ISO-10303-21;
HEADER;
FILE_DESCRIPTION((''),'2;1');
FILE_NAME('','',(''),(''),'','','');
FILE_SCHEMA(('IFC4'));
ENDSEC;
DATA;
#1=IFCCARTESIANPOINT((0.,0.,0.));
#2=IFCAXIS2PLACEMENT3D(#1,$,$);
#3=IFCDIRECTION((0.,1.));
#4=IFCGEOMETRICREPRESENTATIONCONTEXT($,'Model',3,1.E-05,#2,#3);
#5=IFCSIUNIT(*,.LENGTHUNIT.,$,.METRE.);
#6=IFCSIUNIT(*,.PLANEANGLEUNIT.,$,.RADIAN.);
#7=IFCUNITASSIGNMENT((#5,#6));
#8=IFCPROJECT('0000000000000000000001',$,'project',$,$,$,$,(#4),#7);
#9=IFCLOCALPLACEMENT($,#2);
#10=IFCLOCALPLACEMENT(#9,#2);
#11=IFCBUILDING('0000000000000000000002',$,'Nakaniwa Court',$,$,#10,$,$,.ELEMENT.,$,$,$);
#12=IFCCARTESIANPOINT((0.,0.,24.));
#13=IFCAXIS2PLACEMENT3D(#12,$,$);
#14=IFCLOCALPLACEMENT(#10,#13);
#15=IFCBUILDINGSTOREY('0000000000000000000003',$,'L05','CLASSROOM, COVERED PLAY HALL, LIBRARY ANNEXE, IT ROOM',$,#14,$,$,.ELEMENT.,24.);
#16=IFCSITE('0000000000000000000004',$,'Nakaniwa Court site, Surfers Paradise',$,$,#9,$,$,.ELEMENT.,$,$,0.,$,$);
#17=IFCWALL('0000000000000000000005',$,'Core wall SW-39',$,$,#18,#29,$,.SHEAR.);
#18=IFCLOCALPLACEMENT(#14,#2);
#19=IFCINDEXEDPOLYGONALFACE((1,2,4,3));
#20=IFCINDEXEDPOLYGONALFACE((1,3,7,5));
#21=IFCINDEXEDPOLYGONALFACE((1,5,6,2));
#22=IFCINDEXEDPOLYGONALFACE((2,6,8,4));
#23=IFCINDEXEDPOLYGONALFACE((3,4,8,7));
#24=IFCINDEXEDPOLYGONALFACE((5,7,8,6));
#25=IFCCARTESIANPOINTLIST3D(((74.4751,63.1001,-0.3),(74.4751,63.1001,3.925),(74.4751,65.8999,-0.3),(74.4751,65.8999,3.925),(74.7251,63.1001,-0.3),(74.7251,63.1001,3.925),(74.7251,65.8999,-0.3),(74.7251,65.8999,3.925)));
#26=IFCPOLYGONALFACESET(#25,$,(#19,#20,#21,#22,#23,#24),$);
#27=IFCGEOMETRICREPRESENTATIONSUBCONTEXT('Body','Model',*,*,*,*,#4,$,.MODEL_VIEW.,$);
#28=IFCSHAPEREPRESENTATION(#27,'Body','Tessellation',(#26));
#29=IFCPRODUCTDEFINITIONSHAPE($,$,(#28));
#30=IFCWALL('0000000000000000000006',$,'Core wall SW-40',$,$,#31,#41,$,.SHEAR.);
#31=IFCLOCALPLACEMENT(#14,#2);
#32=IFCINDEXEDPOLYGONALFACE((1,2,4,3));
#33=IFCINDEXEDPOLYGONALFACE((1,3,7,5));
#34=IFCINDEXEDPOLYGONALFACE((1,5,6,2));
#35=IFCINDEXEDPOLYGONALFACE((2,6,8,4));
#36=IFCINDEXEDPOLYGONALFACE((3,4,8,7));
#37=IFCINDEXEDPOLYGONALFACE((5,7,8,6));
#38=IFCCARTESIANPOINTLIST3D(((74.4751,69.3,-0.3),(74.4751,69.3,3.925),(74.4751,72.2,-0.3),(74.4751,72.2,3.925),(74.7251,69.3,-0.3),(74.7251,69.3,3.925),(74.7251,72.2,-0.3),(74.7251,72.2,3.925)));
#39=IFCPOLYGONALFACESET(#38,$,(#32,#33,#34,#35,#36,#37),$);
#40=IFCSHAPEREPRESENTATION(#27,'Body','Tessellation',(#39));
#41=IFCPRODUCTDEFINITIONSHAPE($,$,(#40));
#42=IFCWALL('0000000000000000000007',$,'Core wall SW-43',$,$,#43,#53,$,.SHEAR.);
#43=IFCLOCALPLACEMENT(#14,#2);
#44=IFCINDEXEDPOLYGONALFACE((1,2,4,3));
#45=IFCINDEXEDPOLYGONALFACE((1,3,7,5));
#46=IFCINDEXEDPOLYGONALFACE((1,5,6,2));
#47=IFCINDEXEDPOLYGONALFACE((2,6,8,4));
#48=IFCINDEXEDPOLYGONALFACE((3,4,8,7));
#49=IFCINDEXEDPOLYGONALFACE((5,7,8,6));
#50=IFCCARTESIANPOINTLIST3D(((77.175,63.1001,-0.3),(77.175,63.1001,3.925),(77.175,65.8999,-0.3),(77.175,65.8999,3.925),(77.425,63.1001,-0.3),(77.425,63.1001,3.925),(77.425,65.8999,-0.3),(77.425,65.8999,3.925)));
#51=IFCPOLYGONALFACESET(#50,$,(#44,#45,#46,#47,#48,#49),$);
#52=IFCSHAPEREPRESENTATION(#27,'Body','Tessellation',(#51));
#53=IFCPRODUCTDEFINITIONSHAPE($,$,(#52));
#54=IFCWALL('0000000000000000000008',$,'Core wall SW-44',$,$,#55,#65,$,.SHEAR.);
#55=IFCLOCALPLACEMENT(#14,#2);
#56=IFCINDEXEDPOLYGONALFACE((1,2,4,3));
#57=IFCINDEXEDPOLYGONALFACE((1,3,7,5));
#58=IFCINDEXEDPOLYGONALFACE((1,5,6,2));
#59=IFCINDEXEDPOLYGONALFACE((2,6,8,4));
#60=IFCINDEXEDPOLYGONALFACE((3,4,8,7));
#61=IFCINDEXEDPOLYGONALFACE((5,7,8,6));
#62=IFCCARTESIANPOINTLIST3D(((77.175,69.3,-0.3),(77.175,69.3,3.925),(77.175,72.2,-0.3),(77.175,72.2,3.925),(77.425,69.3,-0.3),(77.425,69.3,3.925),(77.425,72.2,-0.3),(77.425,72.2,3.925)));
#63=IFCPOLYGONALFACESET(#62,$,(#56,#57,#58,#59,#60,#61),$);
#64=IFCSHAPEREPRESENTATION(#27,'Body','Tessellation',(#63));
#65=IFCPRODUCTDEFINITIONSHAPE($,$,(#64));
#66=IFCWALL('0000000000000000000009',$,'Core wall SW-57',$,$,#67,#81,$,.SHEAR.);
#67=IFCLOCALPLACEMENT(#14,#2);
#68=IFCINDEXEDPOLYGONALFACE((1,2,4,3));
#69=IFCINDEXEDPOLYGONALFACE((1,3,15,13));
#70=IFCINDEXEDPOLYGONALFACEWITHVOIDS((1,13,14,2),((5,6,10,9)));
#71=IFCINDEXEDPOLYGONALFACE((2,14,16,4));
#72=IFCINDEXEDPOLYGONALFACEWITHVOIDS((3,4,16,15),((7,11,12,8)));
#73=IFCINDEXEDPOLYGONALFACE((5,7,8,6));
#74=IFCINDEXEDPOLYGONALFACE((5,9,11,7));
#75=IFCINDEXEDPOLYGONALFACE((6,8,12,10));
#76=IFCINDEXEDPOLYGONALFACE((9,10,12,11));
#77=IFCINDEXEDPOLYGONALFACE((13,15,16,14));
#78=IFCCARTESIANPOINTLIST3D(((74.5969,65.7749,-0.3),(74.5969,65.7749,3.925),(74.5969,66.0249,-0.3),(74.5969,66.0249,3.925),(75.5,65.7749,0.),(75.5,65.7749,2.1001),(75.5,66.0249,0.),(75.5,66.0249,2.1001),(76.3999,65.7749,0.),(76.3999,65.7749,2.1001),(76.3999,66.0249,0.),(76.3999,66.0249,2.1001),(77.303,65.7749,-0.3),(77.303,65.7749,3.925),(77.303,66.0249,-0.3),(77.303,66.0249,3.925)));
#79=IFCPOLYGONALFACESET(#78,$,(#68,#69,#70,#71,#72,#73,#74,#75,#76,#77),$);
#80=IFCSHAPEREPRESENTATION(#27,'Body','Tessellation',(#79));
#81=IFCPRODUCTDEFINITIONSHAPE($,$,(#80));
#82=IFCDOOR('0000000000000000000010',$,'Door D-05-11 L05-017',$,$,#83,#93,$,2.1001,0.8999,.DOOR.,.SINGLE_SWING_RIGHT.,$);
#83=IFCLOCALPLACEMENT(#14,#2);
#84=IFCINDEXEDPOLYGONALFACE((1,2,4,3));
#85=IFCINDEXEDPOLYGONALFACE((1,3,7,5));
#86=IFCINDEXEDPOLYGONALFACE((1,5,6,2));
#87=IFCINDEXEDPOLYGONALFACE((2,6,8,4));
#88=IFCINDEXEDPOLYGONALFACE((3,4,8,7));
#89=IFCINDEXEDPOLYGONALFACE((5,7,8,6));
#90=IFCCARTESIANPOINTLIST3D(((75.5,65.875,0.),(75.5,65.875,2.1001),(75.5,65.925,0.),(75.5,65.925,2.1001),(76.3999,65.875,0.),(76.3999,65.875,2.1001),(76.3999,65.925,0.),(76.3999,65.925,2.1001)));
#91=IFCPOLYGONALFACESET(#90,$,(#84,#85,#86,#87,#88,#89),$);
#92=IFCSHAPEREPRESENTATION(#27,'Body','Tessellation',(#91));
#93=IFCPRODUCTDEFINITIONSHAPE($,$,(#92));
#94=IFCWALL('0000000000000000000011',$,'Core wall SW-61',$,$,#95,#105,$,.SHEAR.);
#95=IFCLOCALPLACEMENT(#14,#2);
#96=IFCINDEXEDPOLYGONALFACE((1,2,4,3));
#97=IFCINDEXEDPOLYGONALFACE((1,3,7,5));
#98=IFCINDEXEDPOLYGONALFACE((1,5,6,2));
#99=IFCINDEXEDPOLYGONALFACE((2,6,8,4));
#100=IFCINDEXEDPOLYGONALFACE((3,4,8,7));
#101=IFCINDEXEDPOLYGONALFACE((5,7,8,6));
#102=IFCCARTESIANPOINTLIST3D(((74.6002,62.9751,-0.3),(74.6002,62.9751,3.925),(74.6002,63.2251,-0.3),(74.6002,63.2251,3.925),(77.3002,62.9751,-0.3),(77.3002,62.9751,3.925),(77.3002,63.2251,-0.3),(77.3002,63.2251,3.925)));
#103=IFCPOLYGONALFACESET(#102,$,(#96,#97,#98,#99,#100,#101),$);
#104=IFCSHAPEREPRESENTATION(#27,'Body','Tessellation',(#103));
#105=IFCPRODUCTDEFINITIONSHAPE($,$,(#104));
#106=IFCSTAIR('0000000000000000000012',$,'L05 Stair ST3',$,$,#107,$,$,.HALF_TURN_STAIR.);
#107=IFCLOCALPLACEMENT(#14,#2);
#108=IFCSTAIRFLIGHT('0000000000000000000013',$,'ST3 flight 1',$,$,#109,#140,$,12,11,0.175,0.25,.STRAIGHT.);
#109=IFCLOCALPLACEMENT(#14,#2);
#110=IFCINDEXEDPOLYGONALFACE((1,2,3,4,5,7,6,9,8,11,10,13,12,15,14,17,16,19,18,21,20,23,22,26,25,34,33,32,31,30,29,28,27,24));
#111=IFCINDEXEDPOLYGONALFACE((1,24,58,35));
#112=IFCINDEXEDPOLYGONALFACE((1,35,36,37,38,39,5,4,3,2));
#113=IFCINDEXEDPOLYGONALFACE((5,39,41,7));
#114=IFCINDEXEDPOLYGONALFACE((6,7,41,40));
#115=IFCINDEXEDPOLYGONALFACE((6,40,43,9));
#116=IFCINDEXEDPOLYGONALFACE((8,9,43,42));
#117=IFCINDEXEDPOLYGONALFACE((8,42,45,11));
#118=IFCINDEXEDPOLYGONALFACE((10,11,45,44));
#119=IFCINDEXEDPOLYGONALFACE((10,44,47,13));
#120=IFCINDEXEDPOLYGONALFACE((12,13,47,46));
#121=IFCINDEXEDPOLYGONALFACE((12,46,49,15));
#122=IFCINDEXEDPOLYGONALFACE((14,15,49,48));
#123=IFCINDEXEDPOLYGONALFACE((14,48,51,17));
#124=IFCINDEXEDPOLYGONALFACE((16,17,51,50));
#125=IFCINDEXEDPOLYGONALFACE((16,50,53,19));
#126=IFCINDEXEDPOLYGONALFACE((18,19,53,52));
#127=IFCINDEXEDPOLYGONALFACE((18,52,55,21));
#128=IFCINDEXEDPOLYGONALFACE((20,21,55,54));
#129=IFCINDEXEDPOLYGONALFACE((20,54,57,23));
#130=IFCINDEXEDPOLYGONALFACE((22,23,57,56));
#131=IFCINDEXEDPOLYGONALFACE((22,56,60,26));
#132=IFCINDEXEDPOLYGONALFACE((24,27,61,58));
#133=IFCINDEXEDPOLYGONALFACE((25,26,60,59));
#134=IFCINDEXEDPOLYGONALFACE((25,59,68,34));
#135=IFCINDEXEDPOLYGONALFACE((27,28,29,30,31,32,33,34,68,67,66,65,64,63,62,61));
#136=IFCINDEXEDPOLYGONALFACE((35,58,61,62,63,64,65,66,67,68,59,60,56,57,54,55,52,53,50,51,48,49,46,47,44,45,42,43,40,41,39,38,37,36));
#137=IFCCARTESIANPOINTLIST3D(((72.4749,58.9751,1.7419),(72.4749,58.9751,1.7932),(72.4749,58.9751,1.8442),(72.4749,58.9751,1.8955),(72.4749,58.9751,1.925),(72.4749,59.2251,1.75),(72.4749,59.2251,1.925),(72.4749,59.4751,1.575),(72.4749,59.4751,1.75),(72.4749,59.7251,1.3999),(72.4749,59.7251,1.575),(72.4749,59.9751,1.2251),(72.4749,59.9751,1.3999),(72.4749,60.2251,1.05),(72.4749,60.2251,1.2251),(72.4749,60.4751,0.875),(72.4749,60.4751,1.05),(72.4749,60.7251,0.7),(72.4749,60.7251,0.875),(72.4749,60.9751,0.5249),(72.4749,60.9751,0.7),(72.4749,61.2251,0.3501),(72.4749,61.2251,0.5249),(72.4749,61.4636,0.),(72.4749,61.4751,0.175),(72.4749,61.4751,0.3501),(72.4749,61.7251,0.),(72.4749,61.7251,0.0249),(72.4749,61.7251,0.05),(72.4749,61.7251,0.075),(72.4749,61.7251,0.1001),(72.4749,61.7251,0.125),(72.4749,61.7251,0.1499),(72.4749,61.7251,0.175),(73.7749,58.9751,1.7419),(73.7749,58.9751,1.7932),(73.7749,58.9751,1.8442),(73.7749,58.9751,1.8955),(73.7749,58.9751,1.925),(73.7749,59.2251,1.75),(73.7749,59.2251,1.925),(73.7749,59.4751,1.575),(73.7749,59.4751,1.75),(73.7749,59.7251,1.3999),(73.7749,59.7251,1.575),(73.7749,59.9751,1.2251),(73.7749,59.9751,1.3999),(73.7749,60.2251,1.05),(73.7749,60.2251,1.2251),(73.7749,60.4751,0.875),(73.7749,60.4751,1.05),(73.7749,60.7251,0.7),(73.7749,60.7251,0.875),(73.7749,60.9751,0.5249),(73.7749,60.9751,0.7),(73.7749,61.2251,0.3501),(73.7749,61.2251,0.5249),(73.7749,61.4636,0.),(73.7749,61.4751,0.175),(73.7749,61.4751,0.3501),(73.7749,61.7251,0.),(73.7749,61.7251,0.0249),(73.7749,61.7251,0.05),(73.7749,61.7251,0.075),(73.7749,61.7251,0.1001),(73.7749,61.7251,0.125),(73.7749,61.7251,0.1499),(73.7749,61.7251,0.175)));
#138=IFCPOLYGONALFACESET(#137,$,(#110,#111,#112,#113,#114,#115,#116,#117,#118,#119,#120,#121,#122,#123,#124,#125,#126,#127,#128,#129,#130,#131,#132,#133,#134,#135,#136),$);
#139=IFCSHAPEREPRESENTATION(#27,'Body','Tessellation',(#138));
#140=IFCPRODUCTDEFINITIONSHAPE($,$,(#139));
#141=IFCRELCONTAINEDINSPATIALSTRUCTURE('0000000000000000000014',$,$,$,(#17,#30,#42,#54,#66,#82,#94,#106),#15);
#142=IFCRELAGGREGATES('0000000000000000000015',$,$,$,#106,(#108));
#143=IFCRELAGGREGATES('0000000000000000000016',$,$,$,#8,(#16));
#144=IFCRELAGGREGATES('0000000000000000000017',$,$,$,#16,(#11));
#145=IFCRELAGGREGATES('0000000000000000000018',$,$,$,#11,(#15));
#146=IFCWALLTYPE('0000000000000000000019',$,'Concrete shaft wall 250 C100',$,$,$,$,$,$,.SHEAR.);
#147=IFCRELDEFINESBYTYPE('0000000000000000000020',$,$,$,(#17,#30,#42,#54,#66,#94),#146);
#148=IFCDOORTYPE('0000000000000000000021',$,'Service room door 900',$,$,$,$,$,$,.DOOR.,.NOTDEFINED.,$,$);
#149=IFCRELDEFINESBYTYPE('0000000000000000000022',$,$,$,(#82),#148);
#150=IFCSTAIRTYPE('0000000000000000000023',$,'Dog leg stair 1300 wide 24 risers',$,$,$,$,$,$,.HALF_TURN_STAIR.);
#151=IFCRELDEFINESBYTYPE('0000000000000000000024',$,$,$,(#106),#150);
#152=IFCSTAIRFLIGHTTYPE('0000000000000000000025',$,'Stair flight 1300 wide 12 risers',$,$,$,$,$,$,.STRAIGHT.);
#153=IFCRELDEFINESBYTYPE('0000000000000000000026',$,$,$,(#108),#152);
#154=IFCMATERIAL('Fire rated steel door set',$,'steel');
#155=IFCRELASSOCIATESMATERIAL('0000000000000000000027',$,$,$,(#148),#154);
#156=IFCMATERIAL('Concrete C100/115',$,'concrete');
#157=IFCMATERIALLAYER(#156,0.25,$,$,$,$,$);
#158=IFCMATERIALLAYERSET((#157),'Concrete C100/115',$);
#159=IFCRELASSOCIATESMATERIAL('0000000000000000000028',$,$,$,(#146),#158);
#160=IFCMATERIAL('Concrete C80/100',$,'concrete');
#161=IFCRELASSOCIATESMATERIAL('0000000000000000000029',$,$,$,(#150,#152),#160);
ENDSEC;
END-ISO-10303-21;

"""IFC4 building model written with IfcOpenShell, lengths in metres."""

from ifc_helpers import new_model, si_unit, direction, frame, frame_2d, origin, place, context, subcontext, project, spatial, polyline, rectangle, outline, extrude, material, layer, layer_set, type_object, element, fill, aggregate, save


model = new_model("IFC4")

# Units and contexts
model_context = context("Model", 3, precision=1e-05, world=origin(), true_north=direction((0.0, 1.0)))
body_context = subcontext(model_context, "Body", "Model", "MODEL_VIEW")
ifc_project = project(units=[si_unit("LENGTHUNIT", "METRE"), si_unit("PLANEANGLEUNIT", "RADIAN")], contexts=[model_context])

# Site, building, storey
site_placement = place(None, origin())
site = spatial("IfcSite", under=ifc_project, at=site_placement, Name="Nakaniwa Court site, Surfers Paradise", CompositionType="ELEMENT", RefElevation=0.0)
building_placement = place(site_placement, origin())
building = spatial("IfcBuilding", under=site, at=building_placement, Name="Nakaniwa Court", CompositionType="ELEMENT")
storey_placement = place(building_placement, frame((0.0, 0.0, 24.0)))
storey = spatial("IfcBuildingStorey", under=building, at=storey_placement, Name="L05", Description="CLASSROOM, COVERED PLAY HALL, LIBRARY ANNEXE, IT ROOM", CompositionType="ELEMENT", Elevation=24.0)

# Shared definitions
ifc_material_1 = material(Name="Concrete C100/115", Category="concrete")

# Shared definitions
ifc_material_2 = material(Name="Fire rated steel door set", Category="steel")
door_type_1 = type_object("IfcDoorType", Name="Service room door 900", OperationType="NOTDEFINED", PredefinedType="DOOR", material=ifc_material_2)

# Walls
ifc_layer_1 = layer(ifc_material_1, 0.25)
ifc_layer_set_1 = layer_set([ifc_layer_1], Name="Concrete C100/115")
wall_type_1 = type_object("IfcWallType", Name="Concrete shaft wall 250 C100", PredefinedType="SHEAR", material=ifc_layer_set_1)
wall_1_placement = place(storey_placement, frame((74.6001, 63.1001, -0.3), z_axis=(0.0, 0.0, 1.0), x_axis=(0.0, 1.0, 0.0)))
element("IfcWall", 1, at=wall_1_placement, inside=storey, type_object=wall_type_1, Name="Core wall SW-39", PredefinedType="SHEAR", context=body_context, shape_type="SweptSolid", body=[
    extrude(rectangle(XDim=2.7998, YDim=0.25, at=frame_2d((1.3999, 0.0))), origin(), (0.0, 0.0, 1.0), 4.2251),
])
wall_2_placement = place(storey_placement, frame((74.6001, 69.3, -0.3), z_axis=(0.0, 0.0, 1.0), x_axis=(0.0, 1.0, 0.0)))
element("IfcWall", 2, at=wall_2_placement, inside=storey, type_object=wall_type_1, Name="Core wall SW-40", PredefinedType="SHEAR", context=body_context, shape_type="SweptSolid", body=[
    extrude(rectangle(XDim=2.8999, YDim=0.25, at=frame_2d((1.45, 0.0))), origin(), (0.0, 0.0, 1.0), 4.2251),
])
wall_3_placement = place(storey_placement, frame((77.3, 63.1001, -0.3), z_axis=(0.0, 0.0, 1.0), x_axis=(0.0, 1.0, 0.0)))
element("IfcWall", 3, at=wall_3_placement, inside=storey, type_object=wall_type_1, Name="Core wall SW-43", PredefinedType="SHEAR", context=body_context, shape_type="SweptSolid", body=[
    extrude(rectangle(XDim=2.7998, YDim=0.25, at=frame_2d((1.3999, 0.0))), origin(), (0.0, 0.0, 1.0), 4.2251),
])
wall_4_placement = place(storey_placement, frame((77.3, 69.3, -0.3), z_axis=(0.0, 0.0, 1.0), x_axis=(0.0, 1.0, 0.0)))
element("IfcWall", 4, at=wall_4_placement, inside=storey, type_object=wall_type_1, Name="Core wall SW-44", PredefinedType="SHEAR", context=body_context, shape_type="SweptSolid", body=[
    extrude(rectangle(XDim=2.8999, YDim=0.25, at=frame_2d((1.45, 0.0))), origin(), (0.0, 0.0, 1.0), 4.2251),
])

# Wall, opening, door
wall_5_placement = place(storey_placement, frame((77.303, 65.8999, -0.3), z_axis=(0.0, 0.0, 1.0), x_axis=(-1.0, 0.0, 0.0)))
wall_5 = element("IfcWall", 5, at=wall_5_placement, inside=storey, type_object=wall_type_1, Name="Core wall SW-57", PredefinedType="SHEAR", context=body_context, shape_type="SweptSolid", body=[
    extrude(rectangle(XDim=2.7061, YDim=0.25, at=frame_2d((1.353, 0.0))), origin(), (0.0, 0.0, 1.0), 4.2251),
])
opening_1_placement = place(wall_5_placement, frame((0.9031, 0.0, 0.3)))
opening_1 = element("IfcOpeningElement", 6, at=opening_1_placement, cuts=wall_5, PredefinedType="OPENING", context=body_context, shape_type="SweptSolid", body=[
    extrude(rectangle(XDim=0.8999, YDim=2.1001, at=frame_2d((0.45, 1.05))), frame((0.0, 0.135, 0.0), z_axis=(0.0, -1.0, 0.0), x_axis=(1.0, 0.0, 0.0)), (0.0, 0.0, 1.0), 0.27),
])
door_1_placement = place(opening_1_placement, origin())
door_1 = element("IfcDoor", 7, at=door_1_placement, inside=storey, type_object=door_type_1, Name="Door D-05-11 L05-017", OperationType="SINGLE_SWING_RIGHT", OverallHeight=2.1001, OverallWidth=0.8999, PredefinedType="DOOR", context=body_context, shape_type="SweptSolid", body=[
    extrude(rectangle(XDim=0.8999, YDim=2.1001, at=frame_2d((0.45, 1.05))), frame((0.0, 0.0249, 0.0), z_axis=(0.0, -1.0, 0.0), x_axis=(1.0, 0.0, 0.0)), (0.0, 0.0, 1.0), 0.05),
])
fill(opening_1, door_1)

# Wall
wall_6_placement = place(storey_placement, frame((74.6001, 63.1001, -0.3), z_axis=(0.0, 0.0, 1.0), x_axis=(1.0, 0.0, 0.0)))
element("IfcWall", 8, at=wall_6_placement, inside=storey, type_object=wall_type_1, Name="Core wall SW-61", PredefinedType="SHEAR", context=body_context, shape_type="SweptSolid", body=[
    extrude(rectangle(XDim=2.7, YDim=0.25, at=frame_2d((1.3501, 0.0))), origin(), (0.0, 0.0, 1.0), 4.2251),
])

# Stair, stair flight
ifc_material_3 = material(Name="Concrete C80/100", Category="concrete")
stair_type = type_object("IfcStairType", Name="Dog leg stair 1300 wide 24 risers", PredefinedType="HALF_TURN_STAIR", material=ifc_material_3)
stair_placement = place(storey_placement, origin())
stair = element("IfcStair", 9, at=stair_placement, inside=storey, type_object=stair_type, Name="L05 Stair ST3", PredefinedType="HALF_TURN_STAIR")
stair_flight_type = type_object("IfcStairFlightType", Name="Stair flight 1300 wide 12 risers", PredefinedType="STRAIGHT", material=ifc_material_3)
stair_flight_placement = place(storey_placement, frame((73.125, 61.7251, 0.0), z_axis=(0.0, 0.0, 1.0), x_axis=(0.0, -1.0, 0.0)))
stair_flight = element("IfcStairFlight", 10, at=stair_flight_placement, type_object=stair_flight_type, Name="ST3 flight 1", NumberOfRisers=12, NumberOfTreads=11, PredefinedType="STRAIGHT", RiserHeight=0.175, TreadLength=0.25, context=body_context, shape_type="SweptSolid", body=[
    extrude(outline(polyline([(0.0, 0.0), (0.0, 0.0249), (0.0, 0.05), (0.0, 0.075), (0.0, 0.1001), (0.0, 0.125), (0.0, 0.1499), (0.0, 0.175), (0.25, 0.175), (0.25, 0.3501), (0.5, 0.3501), (0.5, 0.5249), (0.75, 0.5249), (0.75, 0.7), (1.0, 0.7), (1.0, 0.875), (1.25, 0.875), (1.25, 1.05), (1.5, 1.05), (1.5, 1.2251), (1.75, 1.2251), (1.75, 1.3999), (2.0, 1.3999), (2.0, 1.575), (2.25, 1.575), (2.25, 1.75), (2.5, 1.75), (2.5, 1.925), (2.75, 1.925), (2.75, 2.1001), (2.75, 2.0488), (2.75, 1.9978), (2.75, 1.9465), (2.75, 1.8955), (2.75, 1.8442), (2.75, 1.7932), (2.75, 1.7419), (0.2615, 0.0), (0.0, 0.0)])), frame((0.0, 0.6499, 0.0), z_axis=(0.0, -1.0, 0.0), x_axis=(1.0, 0.0, 0.0)), (0.0, 0.0, 1.0), 1.3),
])
aggregate(stair, [stair_flight])

save(model, "model.ifc")
